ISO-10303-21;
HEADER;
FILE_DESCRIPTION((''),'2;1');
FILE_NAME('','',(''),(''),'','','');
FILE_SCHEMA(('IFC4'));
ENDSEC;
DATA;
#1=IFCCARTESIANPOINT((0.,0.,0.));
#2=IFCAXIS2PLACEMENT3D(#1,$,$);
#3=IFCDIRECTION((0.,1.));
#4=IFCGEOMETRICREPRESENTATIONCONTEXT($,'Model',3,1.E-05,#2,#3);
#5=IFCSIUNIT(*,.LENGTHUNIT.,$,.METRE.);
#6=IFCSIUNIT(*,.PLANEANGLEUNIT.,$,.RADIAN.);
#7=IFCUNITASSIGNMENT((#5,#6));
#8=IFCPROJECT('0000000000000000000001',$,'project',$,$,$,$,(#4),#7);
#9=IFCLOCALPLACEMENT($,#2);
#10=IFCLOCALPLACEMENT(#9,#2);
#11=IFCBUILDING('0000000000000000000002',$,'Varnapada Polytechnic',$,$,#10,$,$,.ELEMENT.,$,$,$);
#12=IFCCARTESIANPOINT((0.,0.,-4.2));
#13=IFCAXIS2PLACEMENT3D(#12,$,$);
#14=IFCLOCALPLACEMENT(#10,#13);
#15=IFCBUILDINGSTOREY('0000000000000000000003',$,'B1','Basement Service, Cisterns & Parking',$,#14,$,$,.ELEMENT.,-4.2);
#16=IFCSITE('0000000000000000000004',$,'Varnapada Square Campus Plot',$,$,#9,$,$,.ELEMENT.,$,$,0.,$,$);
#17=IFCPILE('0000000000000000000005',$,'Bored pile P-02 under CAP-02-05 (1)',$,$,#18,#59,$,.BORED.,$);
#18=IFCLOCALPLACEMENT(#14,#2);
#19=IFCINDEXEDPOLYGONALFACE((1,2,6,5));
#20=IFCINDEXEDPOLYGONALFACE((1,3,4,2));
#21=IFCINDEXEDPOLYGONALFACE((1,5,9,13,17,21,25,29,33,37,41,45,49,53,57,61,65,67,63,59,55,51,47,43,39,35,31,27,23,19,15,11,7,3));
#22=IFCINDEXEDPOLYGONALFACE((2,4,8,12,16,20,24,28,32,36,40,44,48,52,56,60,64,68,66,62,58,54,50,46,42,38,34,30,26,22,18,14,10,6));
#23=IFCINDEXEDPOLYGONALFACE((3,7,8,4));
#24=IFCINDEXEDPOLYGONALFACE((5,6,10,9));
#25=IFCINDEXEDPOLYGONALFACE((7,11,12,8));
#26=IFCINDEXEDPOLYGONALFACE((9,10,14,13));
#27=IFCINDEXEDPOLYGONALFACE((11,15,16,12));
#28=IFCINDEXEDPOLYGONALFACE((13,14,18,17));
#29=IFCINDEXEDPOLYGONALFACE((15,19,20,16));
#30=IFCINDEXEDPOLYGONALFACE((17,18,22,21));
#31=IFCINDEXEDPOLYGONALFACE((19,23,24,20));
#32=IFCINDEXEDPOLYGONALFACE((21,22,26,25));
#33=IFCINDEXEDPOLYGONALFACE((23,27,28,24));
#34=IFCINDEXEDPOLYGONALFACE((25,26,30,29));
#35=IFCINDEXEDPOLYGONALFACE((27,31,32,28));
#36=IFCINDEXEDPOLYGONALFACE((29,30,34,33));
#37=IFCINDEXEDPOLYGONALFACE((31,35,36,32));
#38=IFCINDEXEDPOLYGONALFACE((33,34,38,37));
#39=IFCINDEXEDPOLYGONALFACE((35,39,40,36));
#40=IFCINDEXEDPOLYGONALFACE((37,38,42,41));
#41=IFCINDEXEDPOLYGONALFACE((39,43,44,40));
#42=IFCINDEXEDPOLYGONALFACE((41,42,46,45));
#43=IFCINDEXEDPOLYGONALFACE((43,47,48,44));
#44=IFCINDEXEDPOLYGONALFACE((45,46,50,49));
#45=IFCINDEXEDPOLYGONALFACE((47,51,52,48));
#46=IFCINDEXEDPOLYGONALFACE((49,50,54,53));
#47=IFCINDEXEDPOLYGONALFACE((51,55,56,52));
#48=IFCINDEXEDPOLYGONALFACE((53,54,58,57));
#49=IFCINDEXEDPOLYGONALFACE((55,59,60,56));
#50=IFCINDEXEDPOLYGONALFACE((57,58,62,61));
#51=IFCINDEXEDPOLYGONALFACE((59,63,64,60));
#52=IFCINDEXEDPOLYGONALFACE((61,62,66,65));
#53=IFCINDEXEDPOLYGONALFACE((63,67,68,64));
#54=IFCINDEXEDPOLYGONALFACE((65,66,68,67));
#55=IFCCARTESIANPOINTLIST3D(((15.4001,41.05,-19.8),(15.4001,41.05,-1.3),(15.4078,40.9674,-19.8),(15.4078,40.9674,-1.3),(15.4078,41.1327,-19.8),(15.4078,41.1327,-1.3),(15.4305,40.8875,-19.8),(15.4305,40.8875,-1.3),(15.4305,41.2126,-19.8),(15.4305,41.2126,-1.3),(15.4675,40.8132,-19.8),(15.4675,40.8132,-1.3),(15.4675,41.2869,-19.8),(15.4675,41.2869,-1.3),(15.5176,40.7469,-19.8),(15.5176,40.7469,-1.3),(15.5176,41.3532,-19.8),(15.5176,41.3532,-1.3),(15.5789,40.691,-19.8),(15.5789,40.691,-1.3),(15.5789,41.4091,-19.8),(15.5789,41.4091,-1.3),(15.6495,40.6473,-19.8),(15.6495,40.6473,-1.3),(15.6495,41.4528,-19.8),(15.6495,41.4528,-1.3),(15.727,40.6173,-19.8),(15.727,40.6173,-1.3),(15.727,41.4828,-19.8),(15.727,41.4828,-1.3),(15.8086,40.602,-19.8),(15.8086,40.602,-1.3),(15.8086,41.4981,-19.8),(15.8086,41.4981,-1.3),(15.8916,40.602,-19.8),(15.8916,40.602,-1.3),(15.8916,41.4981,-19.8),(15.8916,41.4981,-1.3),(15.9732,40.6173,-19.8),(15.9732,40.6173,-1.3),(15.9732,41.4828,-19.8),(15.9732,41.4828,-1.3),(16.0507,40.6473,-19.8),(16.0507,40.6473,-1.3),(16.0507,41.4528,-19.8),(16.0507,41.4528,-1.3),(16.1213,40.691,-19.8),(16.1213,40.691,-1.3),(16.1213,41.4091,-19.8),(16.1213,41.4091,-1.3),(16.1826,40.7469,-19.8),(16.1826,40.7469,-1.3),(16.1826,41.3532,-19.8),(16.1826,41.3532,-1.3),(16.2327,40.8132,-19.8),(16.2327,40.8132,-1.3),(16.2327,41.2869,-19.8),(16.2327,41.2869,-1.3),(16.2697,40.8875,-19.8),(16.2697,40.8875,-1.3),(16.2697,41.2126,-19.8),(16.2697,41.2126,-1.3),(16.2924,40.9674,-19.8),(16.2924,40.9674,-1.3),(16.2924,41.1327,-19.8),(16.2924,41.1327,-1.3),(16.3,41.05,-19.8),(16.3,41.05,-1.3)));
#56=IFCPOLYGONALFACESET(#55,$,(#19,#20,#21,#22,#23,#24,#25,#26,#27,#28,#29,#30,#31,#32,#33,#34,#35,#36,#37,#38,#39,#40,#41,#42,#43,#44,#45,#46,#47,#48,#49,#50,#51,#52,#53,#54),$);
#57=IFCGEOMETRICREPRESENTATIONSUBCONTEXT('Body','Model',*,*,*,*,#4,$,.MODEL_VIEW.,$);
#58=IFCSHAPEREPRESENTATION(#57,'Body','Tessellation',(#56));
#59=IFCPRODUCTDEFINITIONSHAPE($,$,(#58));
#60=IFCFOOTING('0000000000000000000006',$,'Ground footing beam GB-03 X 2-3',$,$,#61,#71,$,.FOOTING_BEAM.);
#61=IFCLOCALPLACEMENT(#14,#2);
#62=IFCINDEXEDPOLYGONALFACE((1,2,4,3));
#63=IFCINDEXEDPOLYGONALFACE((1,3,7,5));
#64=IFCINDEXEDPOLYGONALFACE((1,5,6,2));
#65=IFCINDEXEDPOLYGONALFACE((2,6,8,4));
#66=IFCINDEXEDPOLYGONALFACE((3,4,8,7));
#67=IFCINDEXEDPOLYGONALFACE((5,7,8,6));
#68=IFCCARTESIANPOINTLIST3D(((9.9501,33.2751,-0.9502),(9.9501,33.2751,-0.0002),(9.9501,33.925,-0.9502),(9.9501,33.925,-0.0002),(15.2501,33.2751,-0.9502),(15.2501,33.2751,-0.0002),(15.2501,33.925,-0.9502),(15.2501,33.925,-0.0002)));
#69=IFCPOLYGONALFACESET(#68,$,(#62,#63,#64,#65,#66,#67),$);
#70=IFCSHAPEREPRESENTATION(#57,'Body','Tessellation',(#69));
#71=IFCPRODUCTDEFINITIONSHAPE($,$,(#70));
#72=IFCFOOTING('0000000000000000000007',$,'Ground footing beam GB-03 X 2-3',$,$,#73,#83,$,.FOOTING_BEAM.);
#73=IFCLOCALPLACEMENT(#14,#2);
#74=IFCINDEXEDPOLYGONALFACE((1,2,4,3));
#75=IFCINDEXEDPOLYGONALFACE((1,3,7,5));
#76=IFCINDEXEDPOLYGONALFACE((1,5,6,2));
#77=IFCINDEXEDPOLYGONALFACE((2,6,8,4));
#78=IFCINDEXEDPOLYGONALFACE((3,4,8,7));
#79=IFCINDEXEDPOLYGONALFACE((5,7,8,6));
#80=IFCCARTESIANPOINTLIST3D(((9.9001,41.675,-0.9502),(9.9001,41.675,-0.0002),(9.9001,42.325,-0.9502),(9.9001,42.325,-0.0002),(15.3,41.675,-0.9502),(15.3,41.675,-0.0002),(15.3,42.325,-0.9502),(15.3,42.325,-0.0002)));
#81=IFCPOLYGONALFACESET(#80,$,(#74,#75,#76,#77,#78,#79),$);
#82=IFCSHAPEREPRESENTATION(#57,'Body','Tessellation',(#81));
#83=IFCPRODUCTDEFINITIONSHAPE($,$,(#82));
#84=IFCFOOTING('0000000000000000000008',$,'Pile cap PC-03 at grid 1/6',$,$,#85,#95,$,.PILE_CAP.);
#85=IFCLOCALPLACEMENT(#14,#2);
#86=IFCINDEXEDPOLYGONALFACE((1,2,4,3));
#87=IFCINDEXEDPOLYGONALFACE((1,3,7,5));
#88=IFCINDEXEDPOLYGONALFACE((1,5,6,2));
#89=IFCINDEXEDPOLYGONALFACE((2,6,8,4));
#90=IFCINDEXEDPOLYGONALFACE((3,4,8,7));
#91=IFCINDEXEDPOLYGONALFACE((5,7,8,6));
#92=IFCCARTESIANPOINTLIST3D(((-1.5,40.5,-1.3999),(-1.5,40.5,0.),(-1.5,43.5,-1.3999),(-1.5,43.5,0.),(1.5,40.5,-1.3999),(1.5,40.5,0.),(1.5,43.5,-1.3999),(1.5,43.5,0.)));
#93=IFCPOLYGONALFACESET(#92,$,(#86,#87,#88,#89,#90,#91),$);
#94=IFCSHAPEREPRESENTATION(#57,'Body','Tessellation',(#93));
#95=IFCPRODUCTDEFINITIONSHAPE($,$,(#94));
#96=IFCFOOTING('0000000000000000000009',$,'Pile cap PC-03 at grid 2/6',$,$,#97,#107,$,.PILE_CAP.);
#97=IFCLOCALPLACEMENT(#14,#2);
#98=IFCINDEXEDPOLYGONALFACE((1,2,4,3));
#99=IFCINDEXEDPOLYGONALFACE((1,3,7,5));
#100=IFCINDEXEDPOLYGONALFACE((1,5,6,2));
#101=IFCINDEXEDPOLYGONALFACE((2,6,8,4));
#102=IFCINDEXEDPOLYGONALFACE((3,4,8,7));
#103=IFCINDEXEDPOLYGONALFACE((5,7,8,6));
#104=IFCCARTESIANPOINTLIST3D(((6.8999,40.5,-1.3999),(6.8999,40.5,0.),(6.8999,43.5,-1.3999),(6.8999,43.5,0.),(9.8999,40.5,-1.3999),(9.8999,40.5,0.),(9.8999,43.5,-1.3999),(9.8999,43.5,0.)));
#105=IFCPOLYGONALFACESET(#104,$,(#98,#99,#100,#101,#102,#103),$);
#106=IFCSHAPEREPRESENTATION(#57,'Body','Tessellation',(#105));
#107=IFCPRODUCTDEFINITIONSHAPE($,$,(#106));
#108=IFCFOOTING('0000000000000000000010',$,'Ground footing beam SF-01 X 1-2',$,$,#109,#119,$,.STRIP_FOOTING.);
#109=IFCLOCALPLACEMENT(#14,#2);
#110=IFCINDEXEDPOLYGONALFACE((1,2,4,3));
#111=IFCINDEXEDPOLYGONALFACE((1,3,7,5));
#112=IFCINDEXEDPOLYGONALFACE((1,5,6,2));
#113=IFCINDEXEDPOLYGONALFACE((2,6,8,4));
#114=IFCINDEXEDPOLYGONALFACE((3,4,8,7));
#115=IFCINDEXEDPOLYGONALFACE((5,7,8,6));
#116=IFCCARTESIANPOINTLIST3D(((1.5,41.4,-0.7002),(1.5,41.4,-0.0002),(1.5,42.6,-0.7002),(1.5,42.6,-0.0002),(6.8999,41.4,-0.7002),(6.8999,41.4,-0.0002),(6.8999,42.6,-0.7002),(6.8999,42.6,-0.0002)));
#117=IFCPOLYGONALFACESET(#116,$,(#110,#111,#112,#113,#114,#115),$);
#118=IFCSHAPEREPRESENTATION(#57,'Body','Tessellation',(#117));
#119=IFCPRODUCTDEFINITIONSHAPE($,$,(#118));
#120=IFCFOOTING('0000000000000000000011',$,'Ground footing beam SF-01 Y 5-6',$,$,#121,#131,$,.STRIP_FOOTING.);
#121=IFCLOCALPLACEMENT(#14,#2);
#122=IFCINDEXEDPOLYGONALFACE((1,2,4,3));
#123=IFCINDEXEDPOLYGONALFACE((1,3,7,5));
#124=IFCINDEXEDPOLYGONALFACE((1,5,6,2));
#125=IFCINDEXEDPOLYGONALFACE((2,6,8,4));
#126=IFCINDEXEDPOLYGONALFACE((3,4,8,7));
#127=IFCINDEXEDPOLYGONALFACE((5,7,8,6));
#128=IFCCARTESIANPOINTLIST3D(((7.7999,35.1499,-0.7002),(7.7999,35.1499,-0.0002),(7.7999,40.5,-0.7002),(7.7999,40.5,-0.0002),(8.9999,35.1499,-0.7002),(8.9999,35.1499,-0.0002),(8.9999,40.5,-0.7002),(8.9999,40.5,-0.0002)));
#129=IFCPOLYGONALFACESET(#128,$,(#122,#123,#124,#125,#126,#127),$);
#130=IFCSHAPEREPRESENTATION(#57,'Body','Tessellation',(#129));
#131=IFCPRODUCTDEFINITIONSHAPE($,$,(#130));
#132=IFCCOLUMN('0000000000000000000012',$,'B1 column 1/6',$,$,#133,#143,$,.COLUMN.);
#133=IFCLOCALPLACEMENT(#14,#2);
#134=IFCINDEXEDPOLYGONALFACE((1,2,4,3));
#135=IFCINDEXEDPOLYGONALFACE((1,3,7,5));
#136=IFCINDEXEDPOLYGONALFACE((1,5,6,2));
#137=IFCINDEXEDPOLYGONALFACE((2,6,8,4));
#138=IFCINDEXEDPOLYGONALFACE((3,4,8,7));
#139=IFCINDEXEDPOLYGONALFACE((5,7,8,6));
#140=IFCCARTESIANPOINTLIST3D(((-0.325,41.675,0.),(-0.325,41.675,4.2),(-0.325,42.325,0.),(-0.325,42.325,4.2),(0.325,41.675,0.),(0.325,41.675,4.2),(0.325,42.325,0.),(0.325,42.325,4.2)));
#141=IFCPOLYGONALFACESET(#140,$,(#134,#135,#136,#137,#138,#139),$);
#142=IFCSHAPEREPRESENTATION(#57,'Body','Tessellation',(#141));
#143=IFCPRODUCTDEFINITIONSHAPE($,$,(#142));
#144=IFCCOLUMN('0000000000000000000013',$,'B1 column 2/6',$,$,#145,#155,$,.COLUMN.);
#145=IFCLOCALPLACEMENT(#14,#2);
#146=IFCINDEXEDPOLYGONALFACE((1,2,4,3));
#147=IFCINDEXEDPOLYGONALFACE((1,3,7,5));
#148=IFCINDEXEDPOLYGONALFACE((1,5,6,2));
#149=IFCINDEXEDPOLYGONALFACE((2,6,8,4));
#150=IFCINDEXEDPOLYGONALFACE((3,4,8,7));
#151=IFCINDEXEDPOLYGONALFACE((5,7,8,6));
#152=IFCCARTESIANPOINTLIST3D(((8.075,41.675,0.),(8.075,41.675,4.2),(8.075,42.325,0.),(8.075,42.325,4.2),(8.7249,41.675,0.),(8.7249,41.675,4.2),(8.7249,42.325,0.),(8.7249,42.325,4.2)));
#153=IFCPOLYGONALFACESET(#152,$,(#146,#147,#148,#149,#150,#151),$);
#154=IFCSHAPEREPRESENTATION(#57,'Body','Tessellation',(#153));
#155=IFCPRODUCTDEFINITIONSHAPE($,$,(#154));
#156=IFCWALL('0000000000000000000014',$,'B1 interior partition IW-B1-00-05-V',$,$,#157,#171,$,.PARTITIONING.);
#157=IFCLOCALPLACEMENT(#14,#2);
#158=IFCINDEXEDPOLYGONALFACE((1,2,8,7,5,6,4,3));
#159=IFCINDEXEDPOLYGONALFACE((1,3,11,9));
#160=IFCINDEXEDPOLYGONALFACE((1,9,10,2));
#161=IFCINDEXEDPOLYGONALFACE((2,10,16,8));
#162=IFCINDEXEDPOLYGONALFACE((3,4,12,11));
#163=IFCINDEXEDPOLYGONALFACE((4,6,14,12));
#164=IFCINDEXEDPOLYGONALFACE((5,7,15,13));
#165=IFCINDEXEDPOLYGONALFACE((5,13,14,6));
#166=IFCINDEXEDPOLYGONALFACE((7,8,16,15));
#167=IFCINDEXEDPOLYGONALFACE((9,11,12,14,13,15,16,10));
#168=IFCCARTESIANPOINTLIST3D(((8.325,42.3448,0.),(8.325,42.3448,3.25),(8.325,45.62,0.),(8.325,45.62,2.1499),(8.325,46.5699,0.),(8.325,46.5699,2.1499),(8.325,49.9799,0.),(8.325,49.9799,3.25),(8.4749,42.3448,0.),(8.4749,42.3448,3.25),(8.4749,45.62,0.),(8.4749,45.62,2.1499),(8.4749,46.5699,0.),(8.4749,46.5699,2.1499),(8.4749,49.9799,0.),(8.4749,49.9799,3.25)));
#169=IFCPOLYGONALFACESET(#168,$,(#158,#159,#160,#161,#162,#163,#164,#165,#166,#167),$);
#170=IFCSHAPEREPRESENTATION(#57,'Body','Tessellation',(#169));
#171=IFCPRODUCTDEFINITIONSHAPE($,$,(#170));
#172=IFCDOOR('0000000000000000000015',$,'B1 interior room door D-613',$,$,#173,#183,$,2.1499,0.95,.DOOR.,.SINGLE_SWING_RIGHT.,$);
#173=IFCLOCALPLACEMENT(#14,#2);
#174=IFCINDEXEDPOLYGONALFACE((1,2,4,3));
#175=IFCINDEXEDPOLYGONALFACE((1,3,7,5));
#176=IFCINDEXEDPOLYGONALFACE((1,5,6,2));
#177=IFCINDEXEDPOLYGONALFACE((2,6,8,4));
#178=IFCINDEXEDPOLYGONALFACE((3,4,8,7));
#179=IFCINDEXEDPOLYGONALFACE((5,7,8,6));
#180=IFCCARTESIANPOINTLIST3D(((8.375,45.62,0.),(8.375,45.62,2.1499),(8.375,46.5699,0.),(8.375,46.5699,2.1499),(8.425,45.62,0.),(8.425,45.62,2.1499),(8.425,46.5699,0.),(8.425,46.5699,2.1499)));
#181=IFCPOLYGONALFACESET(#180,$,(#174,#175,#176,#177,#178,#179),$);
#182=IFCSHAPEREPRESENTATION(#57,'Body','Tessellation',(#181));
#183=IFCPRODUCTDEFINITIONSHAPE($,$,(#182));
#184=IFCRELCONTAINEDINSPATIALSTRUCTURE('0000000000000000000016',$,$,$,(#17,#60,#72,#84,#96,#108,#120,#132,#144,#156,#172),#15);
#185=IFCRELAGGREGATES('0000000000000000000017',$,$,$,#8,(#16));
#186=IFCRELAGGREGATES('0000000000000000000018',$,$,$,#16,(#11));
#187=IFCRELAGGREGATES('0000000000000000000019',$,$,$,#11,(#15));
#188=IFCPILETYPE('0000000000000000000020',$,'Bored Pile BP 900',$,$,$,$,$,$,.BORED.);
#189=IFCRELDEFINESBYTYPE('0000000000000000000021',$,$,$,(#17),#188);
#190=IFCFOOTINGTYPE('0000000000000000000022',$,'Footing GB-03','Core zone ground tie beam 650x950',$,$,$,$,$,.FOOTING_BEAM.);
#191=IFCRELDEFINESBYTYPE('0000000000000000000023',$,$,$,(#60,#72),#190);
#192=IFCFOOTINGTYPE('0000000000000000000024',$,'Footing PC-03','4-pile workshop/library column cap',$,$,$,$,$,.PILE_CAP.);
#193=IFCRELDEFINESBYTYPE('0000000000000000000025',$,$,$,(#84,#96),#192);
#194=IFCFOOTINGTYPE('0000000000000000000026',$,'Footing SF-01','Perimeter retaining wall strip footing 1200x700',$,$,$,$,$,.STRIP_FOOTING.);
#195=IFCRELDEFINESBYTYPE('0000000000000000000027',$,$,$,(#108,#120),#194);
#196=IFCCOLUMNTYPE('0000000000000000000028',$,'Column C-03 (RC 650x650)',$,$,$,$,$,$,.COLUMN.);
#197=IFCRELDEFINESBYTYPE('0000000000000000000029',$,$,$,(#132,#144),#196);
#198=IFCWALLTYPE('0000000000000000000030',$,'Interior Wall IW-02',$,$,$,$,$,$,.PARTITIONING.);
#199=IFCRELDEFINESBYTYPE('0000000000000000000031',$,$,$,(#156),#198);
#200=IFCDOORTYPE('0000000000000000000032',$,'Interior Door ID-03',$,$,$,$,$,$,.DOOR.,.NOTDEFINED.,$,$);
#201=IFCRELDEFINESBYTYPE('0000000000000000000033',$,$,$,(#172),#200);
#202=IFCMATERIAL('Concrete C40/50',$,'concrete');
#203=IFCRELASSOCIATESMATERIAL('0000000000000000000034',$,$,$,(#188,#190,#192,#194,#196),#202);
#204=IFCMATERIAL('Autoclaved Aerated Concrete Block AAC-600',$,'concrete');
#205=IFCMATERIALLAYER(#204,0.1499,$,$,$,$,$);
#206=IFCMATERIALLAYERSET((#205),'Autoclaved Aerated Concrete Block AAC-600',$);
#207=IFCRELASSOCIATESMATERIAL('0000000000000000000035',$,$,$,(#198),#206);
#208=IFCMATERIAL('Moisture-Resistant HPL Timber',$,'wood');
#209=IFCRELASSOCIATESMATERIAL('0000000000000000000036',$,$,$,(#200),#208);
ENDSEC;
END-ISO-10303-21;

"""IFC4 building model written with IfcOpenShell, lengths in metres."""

from ifc_helpers import new_model, si_unit, direction, frame, frame_2d, origin, origin_2d, place, context, subcontext, project, spatial, rectangle, circle, extrude, material, layer, layer_set, material_profile, profile_set, type_object, element, fill, save


model = new_model("IFC4")

# Units and contexts
model_context = context("Model", 3, precision=1e-05, world=origin(), true_north=direction((0.0, 1.0)))
body_context = subcontext(model_context, "Body", "Model", "MODEL_VIEW")
ifc_project = project(units=[si_unit("LENGTHUNIT", "METRE"), si_unit("PLANEANGLEUNIT", "RADIAN")], contexts=[model_context])

# Site, building, storey
site_placement = place(None, origin())
site = spatial("IfcSite", under=ifc_project, at=site_placement, Name="Varnapada Square Campus Plot", CompositionType="ELEMENT", RefElevation=0.0)
building_placement = place(site_placement, origin())
building = spatial("IfcBuilding", under=site, at=building_placement, Name="Varnapada Polytechnic", CompositionType="ELEMENT")
storey_placement = place(building_placement, frame((0.0, 0.0, -4.2)))
storey = spatial("IfcBuildingStorey", under=building, at=storey_placement, Name="B1", Description="Basement Service, Cisterns & Parking", CompositionType="ELEMENT", Elevation=-4.2)

# Pile
ifc_material_1 = material(Name="Concrete C40/50", Category="concrete")
ifc_material_profile_1 = material_profile(ifc_material_1, circle(Radius=0.45, at=origin_2d()), Name="BP 900")
ifc_profile_set_1 = profile_set([ifc_material_profile_1], Name="Concrete C40/50")
pile_type = type_object("IfcPileType", Name="Bored Pile BP 900", PredefinedType="BORED", material=ifc_profile_set_1)
pile_1_placement = place(storey_placement, frame((15.8501, 41.05, -1.3), z_axis=(0.0, 0.0, -1.0), x_axis=(1.0, 0.0, 0.0)))
element("IfcPile", 1, at=pile_1_placement, inside=storey, type_object=pile_type, Name="Bored pile P-02 under CAP-02-05 (1)", PredefinedType="BORED", context=body_context, shape_type="SweptSolid", body=[
    extrude(circle(Radius=0.45, at=origin_2d()), origin(), (0.0, 0.0, 1.0), 18.5),
])

# Footings
footing_type_1 = type_object("IfcFootingType", Name="Footing GB-03", Description="Core zone ground tie beam 650x950", PredefinedType="FOOTING_BEAM", material=ifc_material_1)
footing_1_placement = place(storey_placement, frame((12.6001, 33.6001, -0.9502), z_axis=(0.0, 0.0, 1.0), x_axis=(1.0, 0.0, 0.0)))
element("IfcFooting", 2, at=footing_1_placement, inside=storey, type_object=footing_type_1, Name="Ground footing beam GB-03 X 2-3", PredefinedType="FOOTING_BEAM", context=body_context, shape_type="SweptSolid", body=[
    extrude(rectangle(XDim=5.3, YDim=0.6499, at=origin_2d()), origin(), (0.0, 0.0, 1.0), 0.95),
])
footing_2_placement = place(storey_placement, frame((12.6001, 42.0, -0.9502), z_axis=(0.0, 0.0, 1.0), x_axis=(1.0, 0.0, 0.0)))
element("IfcFooting", 3, at=footing_2_placement, inside=storey, type_object=footing_type_1, Name="Ground footing beam GB-03 X 2-3", PredefinedType="FOOTING_BEAM", context=body_context, shape_type="SweptSolid", body=[
    extrude(rectangle(XDim=5.3999, YDim=0.6499, at=origin_2d()), origin(), (0.0, 0.0, 1.0), 0.95),
])
footing_type_2 = type_object("IfcFootingType", Name="Footing PC-03", Description="4-pile workshop/library column cap", PredefinedType="PILE_CAP", material=ifc_material_1)
for number, where, z_axis, x_axis, name in (
    (4, (0.0, 42.0, -1.3999), (0.0, 0.0, 1.0), (1.0, 0.0, 0.0), "Pile cap PC-03 at grid 1/6"),
    (5, (8.3999, 42.0, -1.3999), (0.0, 0.0, 1.0), (1.0, 0.0, 0.0), "Pile cap PC-03 at grid 2/6"),
):
    element("IfcFooting", number, at=place(storey_placement, frame(where, z_axis=z_axis, x_axis=x_axis)), inside=storey, type_object=footing_type_2, Name=name, PredefinedType="PILE_CAP", context=body_context, shape_type="SweptSolid", body=[
        extrude(rectangle(XDim=3.0, YDim=3.0, at=origin_2d()), origin(), (0.0, 0.0, 1.0), 1.3999),
    ])
footing_type_3 = type_object("IfcFootingType", Name="Footing SF-01", Description="Perimeter retaining wall strip footing 1200x700", PredefinedType="STRIP_FOOTING", material=ifc_material_1)
footing_3_placement = place(storey_placement, frame((4.2, 42.0, -0.7002), z_axis=(0.0, 0.0, 1.0), x_axis=(1.0, 0.0, 0.0)))
element("IfcFooting", 6, at=footing_3_placement, inside=storey, type_object=footing_type_3, Name="Ground footing beam SF-01 X 1-2", PredefinedType="STRIP_FOOTING", context=body_context, shape_type="SweptSolid", body=[
    extrude(rectangle(XDim=5.3999, YDim=1.2, at=origin_2d()), origin(), (0.0, 0.0, 1.0), 0.7),
])
footing_4_placement = place(storey_placement, frame((8.3999, 37.825, -0.7002), z_axis=(0.0, 0.0, 1.0), x_axis=(0.0, 1.0, 0.0)))
element("IfcFooting", 7, at=footing_4_placement, inside=storey, type_object=footing_type_3, Name="Ground footing beam SF-01 Y 5-6", PredefinedType="STRIP_FOOTING", context=body_context, shape_type="SweptSolid", body=[
    extrude(rectangle(XDim=5.3501, YDim=1.2, at=origin_2d()), origin(), (0.0, 0.0, 1.0), 0.7),
])

# Columns
ifc_material_profile_2 = material_profile(ifc_material_1, rectangle(XDim=0.6499, YDim=0.6499, at=origin_2d()), Name="RC 650x650")
ifc_profile_set_2 = profile_set([ifc_material_profile_2], Name="Concrete C40/50")
column_type = type_object("IfcColumnType", Name="Column C-03 (RC 650x650)", PredefinedType="COLUMN", material=ifc_profile_set_2)
for number, where, z_axis, x_axis, name in (
    (8, (0.0, 42.0, 0.0), (0.0, 0.0, 1.0), (1.0, 0.0, 0.0), "B1 column 1/6"),
    (9, (8.3999, 42.0, 0.0), (0.0, 0.0, 1.0), (1.0, 0.0, 0.0), "B1 column 2/6"),
):
    element("IfcColumn", number, at=place(storey_placement, frame(where, z_axis=z_axis, x_axis=x_axis)), inside=storey, type_object=column_type, Name=name, PredefinedType="COLUMN", context=body_context, shape_type="SweptSolid", body=[
        extrude(rectangle(XDim=0.6499, YDim=0.6499, at=origin_2d()), origin(), (0.0, 0.0, 1.0), 4.2),
    ])

# Wall, opening, door
ifc_material_2 = material(Name="Autoclaved Aerated Concrete Block AAC-600", Category="concrete")
ifc_layer_1 = layer(ifc_material_2, 0.1499)
ifc_layer_set_1 = layer_set([ifc_layer_1], Name="Autoclaved Aerated Concrete Block AAC-600")
wall_type_1 = type_object("IfcWallType", Name="Interior Wall IW-02", PredefinedType="PARTITIONING", material=ifc_layer_set_1)
wall_1_placement = place(storey_placement, frame((8.3999, 42.345, 0.0), z_axis=(0.0, 0.0, 1.0), x_axis=(0.0, 1.0, 0.0)))
wall_1 = element("IfcWall", 10, at=wall_1_placement, inside=storey, type_object=wall_type_1, Name="B1 interior partition IW-B1-00-05-V", PredefinedType="PARTITIONING", context=body_context, shape_type="SweptSolid", body=[
    extrude(rectangle(XDim=7.635, YDim=0.1499, at=frame_2d((3.8174, 0.0))), origin(), (0.0, 0.0, 1.0), 3.25),
])
opening_placement = place(wall_1_placement, frame((3.2749, 0.0, 0.0)))
opening = element("IfcOpeningElement", 11, at=opening_placement, cuts=wall_1, PredefinedType="OPENING", context=body_context, shape_type="SweptSolid", body=[
    extrude(rectangle(XDim=0.95, YDim=2.1499, at=frame_2d((0.4751, 1.075))), frame((0.0, 0.085, 0.0), z_axis=(0.0, -1.0, 0.0), x_axis=(1.0, 0.0, 0.0)), (0.0, 0.0, 1.0), 0.1699),
])
ifc_material_3 = material(Name="Moisture-Resistant HPL Timber", Category="wood")
door_type = type_object("IfcDoorType", Name="Interior Door ID-03", OperationType="NOTDEFINED", PredefinedType="DOOR", material=ifc_material_3)
door_placement = place(opening_placement, origin())
door = element("IfcDoor", 12, at=door_placement, inside=storey, type_object=door_type, Name="B1 interior room door D-613", OperationType="SINGLE_SWING_RIGHT", OverallHeight=2.1499, OverallWidth=0.95, PredefinedType="DOOR", context=body_context, shape_type="SweptSolid", body=[
    extrude(rectangle(XDim=0.95, YDim=2.1499, at=frame_2d((0.4751, 1.075))), frame((0.0, 0.0249, 0.0), z_axis=(0.0, -1.0, 0.0), x_axis=(1.0, 0.0, 0.0)), (0.0, 0.0, 1.0), 0.05),
])
fill(opening, door)

save(model, "model.ifc")
